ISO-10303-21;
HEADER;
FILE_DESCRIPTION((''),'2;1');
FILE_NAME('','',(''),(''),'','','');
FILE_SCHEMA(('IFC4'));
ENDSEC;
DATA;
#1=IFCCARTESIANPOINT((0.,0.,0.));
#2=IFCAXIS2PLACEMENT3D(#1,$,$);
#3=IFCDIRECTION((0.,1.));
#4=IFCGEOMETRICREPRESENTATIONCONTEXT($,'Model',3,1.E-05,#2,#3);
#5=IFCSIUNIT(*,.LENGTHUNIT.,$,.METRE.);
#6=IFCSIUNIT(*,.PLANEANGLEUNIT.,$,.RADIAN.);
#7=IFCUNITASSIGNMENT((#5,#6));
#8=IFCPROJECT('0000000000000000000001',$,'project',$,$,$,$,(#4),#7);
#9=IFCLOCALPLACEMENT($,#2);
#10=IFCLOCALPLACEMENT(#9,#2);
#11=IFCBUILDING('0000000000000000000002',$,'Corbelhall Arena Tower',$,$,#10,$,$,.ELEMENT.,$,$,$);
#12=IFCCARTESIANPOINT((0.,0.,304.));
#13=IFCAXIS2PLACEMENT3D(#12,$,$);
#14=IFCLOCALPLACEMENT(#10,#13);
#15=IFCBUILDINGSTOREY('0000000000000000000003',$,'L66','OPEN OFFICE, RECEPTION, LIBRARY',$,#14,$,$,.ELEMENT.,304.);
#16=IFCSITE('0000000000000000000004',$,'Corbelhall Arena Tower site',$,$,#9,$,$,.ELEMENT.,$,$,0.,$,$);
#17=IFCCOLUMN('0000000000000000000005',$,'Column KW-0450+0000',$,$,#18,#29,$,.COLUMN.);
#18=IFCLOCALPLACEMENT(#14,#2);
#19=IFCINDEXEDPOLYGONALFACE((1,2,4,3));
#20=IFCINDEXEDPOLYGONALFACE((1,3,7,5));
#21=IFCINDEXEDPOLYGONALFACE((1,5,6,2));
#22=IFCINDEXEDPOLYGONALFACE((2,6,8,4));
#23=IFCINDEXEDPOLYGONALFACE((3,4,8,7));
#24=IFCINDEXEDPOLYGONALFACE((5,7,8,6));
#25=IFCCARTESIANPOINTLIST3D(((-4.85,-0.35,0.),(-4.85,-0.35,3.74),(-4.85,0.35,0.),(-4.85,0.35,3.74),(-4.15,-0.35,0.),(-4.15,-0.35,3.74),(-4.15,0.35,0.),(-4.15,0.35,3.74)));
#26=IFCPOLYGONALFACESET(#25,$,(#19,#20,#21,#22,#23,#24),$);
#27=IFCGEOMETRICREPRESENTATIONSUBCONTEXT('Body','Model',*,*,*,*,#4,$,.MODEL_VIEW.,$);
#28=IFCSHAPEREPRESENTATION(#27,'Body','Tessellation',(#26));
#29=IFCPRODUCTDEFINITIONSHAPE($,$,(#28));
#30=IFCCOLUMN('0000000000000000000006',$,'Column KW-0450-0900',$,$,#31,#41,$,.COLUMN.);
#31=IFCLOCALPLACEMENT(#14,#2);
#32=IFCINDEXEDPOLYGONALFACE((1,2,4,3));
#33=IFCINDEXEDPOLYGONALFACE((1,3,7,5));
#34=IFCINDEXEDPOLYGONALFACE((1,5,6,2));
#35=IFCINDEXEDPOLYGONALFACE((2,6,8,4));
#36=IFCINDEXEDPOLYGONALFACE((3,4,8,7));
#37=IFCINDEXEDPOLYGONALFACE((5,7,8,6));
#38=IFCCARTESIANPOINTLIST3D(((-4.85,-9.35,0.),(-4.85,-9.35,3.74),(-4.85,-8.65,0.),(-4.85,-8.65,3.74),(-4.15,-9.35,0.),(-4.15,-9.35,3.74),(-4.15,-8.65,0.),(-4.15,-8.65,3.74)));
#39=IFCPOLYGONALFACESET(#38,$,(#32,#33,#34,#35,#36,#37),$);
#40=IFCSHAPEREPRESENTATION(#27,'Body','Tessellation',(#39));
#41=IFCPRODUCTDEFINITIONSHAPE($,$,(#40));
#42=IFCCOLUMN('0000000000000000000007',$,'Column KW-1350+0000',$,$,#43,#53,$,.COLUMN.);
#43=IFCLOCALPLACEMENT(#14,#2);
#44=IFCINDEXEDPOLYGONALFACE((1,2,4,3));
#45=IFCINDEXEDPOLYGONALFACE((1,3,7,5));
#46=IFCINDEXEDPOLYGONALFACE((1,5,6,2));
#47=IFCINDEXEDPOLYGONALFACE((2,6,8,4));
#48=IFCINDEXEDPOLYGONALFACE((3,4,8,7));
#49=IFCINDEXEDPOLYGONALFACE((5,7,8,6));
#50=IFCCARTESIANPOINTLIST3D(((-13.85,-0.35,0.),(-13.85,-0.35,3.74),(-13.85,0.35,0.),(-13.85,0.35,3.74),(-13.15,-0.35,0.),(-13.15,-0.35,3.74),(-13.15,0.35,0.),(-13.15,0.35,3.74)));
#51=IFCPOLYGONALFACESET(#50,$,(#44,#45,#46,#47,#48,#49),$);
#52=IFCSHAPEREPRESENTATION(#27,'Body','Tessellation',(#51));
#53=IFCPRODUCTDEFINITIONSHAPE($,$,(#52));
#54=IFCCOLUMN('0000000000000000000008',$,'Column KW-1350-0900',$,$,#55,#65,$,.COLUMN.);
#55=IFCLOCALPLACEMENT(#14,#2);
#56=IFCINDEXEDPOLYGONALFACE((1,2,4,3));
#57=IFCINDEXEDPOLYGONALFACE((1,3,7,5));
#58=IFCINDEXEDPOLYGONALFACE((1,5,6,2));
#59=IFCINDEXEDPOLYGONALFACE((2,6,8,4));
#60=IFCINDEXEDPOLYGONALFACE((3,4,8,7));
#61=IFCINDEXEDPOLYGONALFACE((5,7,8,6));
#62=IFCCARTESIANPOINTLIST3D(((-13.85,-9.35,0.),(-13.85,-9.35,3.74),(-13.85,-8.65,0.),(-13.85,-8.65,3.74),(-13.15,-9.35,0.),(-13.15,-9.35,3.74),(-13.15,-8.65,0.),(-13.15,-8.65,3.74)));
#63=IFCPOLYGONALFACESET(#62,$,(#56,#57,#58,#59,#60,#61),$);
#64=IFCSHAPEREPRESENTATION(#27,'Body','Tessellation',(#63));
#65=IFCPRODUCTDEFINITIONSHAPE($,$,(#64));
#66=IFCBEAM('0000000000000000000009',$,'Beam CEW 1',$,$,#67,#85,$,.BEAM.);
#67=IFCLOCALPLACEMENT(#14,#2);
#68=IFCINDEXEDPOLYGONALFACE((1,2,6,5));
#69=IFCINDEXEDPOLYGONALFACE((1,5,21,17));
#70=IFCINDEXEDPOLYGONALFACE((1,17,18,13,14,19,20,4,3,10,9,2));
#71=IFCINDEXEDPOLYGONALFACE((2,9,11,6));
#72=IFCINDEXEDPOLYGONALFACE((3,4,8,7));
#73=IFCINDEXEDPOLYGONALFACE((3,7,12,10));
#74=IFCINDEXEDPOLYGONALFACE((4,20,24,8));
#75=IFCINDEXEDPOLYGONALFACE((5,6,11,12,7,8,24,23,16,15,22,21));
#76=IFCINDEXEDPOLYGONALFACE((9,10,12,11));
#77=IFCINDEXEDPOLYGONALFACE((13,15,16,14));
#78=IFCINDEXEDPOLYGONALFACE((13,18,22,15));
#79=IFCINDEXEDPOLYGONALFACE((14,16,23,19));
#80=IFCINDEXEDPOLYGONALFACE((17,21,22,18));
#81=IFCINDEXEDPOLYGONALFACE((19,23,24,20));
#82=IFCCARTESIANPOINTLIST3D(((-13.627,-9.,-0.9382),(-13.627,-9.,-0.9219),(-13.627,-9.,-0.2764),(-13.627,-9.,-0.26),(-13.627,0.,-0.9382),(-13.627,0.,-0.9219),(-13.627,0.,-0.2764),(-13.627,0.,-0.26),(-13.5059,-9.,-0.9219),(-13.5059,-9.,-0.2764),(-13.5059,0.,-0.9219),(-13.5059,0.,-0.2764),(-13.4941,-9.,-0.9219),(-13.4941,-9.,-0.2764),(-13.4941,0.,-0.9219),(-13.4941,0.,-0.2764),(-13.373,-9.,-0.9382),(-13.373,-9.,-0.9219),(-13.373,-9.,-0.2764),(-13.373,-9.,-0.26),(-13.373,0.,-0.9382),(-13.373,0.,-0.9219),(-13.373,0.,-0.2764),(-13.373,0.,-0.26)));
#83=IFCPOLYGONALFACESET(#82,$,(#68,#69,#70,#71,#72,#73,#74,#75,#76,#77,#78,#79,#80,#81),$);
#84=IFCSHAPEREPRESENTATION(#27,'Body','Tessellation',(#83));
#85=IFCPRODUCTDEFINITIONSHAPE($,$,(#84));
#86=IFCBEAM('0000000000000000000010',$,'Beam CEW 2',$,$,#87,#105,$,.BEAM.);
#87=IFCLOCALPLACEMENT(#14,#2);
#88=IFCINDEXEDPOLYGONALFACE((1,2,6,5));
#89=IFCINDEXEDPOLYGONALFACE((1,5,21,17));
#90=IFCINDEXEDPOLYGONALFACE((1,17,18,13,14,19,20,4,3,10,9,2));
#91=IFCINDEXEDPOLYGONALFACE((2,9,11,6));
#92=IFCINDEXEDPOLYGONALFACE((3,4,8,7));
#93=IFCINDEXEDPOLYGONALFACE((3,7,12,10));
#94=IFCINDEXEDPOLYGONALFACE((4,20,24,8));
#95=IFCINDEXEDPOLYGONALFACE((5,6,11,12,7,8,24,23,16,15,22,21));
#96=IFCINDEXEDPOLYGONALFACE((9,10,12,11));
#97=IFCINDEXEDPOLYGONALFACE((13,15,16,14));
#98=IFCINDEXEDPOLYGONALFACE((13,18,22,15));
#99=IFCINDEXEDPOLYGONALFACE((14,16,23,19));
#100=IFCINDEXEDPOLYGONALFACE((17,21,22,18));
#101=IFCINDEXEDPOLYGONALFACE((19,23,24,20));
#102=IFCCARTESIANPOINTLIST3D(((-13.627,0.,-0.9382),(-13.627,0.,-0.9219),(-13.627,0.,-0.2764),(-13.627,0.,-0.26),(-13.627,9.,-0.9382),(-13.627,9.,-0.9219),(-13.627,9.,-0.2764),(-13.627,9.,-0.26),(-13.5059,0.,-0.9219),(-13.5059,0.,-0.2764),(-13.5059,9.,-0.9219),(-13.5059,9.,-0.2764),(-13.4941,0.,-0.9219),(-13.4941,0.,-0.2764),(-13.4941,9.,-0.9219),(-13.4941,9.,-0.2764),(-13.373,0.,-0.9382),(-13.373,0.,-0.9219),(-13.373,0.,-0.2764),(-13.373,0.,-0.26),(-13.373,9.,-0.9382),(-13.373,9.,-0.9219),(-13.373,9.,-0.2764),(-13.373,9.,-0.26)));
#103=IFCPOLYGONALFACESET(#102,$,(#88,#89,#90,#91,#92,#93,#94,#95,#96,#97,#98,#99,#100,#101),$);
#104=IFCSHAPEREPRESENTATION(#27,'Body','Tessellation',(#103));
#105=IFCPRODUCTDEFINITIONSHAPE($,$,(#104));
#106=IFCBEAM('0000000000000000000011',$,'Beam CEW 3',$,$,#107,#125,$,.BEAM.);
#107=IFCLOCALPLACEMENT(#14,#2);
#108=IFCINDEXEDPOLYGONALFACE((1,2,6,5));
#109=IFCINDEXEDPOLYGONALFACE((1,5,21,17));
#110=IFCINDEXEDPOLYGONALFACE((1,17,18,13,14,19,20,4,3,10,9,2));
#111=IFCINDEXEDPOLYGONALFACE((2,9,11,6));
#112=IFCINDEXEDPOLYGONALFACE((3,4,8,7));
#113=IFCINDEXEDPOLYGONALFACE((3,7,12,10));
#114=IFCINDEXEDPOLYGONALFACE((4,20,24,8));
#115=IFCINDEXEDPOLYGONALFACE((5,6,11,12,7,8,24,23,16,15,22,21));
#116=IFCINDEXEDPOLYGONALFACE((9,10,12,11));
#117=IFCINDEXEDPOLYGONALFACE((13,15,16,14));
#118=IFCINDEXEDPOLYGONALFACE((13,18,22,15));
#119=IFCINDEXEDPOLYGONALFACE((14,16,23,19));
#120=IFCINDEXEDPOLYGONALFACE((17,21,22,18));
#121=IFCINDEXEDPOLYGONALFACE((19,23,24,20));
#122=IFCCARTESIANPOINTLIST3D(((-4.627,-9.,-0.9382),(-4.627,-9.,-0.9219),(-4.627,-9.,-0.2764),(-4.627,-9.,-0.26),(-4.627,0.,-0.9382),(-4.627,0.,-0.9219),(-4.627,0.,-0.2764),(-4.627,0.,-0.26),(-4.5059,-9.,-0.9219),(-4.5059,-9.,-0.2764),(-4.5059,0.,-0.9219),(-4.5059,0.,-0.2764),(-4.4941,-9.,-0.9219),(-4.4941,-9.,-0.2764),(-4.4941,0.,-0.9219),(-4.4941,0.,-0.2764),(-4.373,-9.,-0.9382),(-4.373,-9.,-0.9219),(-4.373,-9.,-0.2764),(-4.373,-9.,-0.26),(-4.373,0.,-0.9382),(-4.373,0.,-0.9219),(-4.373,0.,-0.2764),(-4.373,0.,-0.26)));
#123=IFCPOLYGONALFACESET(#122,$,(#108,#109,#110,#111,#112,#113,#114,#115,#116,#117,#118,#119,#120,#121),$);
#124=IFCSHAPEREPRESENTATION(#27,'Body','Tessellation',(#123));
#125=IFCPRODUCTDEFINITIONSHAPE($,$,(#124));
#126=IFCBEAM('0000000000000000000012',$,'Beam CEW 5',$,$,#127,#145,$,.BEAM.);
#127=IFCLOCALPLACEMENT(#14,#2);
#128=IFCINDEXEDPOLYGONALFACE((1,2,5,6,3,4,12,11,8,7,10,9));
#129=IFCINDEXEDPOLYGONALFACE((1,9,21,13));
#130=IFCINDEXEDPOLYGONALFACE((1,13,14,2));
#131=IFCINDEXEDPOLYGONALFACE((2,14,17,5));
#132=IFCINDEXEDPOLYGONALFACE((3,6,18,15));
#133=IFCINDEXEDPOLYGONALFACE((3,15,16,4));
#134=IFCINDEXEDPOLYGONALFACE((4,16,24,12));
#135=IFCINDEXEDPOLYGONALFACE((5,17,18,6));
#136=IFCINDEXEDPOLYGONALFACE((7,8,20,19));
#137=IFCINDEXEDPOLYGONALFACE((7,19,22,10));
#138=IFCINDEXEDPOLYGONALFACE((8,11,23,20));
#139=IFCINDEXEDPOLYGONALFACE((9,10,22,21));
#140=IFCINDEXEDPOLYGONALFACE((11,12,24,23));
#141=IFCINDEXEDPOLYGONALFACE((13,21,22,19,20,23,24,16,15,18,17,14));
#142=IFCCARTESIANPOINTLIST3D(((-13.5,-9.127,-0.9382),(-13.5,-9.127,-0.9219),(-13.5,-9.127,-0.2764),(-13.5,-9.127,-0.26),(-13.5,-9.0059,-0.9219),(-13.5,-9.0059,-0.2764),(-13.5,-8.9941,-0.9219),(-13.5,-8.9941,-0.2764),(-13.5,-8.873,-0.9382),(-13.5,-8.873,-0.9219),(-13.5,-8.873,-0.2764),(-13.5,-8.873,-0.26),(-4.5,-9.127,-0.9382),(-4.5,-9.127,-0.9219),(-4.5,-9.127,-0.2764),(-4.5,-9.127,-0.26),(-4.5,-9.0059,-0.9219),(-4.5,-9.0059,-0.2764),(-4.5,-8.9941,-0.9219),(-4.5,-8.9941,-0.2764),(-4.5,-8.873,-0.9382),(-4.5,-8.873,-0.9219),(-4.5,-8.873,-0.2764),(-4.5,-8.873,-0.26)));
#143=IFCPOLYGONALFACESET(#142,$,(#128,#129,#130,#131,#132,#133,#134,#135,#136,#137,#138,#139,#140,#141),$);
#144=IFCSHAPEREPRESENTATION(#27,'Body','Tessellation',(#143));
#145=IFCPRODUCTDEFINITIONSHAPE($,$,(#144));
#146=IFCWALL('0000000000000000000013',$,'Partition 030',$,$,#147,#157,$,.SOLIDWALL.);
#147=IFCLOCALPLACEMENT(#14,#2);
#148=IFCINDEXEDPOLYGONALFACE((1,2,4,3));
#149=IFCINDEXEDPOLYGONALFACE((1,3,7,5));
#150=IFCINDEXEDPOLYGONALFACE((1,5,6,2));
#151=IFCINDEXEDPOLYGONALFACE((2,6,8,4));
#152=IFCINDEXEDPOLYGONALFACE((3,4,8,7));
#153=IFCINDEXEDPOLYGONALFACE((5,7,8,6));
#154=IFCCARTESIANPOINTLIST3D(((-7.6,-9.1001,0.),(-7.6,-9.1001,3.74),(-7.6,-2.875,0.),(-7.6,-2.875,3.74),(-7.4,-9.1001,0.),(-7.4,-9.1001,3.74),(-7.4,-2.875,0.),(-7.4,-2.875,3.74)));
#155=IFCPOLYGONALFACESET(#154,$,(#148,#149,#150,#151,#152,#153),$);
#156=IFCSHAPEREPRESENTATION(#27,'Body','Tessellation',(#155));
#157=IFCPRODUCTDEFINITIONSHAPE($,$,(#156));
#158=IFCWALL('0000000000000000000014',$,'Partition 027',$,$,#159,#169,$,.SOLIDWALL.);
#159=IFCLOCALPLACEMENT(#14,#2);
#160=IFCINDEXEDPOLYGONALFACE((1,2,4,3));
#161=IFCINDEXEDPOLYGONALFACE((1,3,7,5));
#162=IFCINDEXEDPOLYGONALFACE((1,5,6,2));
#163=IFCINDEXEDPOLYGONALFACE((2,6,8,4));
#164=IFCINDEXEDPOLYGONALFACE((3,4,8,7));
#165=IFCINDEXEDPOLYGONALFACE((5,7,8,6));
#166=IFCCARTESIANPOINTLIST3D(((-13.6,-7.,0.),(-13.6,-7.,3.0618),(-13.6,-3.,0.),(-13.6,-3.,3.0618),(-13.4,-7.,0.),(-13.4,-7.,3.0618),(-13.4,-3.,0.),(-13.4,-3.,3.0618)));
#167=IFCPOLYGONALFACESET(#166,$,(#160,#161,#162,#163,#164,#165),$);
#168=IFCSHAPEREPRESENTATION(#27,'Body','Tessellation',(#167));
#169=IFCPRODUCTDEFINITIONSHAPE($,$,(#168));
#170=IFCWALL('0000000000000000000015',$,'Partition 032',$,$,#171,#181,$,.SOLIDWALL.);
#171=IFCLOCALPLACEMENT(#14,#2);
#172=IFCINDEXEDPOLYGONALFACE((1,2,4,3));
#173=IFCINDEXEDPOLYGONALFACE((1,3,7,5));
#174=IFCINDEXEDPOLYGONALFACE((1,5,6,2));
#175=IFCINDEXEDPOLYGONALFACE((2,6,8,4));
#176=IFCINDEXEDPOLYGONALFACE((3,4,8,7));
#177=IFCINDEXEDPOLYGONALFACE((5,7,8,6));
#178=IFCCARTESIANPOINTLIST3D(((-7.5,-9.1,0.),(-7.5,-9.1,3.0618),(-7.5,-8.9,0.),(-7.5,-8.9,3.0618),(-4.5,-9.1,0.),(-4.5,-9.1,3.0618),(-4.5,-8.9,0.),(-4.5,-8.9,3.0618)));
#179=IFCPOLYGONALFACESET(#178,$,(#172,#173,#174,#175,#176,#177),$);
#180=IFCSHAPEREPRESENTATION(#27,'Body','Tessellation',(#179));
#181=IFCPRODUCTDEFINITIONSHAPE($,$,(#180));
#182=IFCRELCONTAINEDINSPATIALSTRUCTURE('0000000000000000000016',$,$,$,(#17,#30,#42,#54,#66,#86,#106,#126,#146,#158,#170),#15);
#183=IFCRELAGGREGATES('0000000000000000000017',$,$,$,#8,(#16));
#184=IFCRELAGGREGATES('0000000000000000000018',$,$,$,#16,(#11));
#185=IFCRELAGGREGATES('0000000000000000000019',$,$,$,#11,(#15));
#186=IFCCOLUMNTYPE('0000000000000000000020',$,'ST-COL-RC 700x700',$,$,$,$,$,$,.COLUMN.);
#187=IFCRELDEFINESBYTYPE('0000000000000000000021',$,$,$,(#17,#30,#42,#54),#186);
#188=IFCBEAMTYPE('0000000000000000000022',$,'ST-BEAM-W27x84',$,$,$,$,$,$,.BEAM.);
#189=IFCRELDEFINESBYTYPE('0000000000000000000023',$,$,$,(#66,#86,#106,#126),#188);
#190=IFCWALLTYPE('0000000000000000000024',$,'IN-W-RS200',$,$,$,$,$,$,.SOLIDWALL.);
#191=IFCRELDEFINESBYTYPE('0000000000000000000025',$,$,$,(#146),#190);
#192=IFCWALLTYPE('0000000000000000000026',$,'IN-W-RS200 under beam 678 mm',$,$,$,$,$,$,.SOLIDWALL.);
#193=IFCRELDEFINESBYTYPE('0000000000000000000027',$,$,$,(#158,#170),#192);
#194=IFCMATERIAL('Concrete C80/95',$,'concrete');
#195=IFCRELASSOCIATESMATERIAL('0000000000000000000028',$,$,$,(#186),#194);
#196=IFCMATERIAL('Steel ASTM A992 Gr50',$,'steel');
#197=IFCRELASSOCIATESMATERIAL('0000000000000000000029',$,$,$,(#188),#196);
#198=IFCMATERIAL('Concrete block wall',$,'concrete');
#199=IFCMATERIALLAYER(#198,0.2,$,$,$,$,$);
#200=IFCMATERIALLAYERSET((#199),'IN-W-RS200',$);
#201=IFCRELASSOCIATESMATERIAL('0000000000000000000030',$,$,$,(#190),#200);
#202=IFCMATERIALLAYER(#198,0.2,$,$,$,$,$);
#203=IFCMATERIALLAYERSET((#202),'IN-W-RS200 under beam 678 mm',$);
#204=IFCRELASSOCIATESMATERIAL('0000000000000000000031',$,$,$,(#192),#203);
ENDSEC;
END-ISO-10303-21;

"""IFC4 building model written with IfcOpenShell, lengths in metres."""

from ifc_helpers import new_model, si_unit, direction, frame, frame_2d, origin, origin_2d, place, context, subcontext, project, spatial, rectangle, i_section, extrude, material, layer, layer_set, material_profile, profile_set, type_object, element, save


model = new_model("IFC4")

# Units and contexts
model_context = context("Model", 3, precision=1e-05, world=origin(), true_north=direction((0.0, 1.0)))
body_context = subcontext(model_context, "Body", "Model", "MODEL_VIEW")
ifc_project = project(units=[si_unit("LENGTHUNIT", "METRE"), si_unit("PLANEANGLEUNIT", "RADIAN")], contexts=[model_context])

# Site, building, storey
site_placement = place(None, origin())
site = spatial("IfcSite", under=ifc_project, at=site_placement, Name="Corbelhall Arena Tower site", CompositionType="ELEMENT", RefElevation=0.0)
building_placement = place(site_placement, origin())
building = spatial("IfcBuilding", under=site, at=building_placement, Name="Corbelhall Arena Tower", CompositionType="ELEMENT")
storey_placement = place(building_placement, frame((0.0, 0.0, 304.0)))
storey = spatial("IfcBuildingStorey", under=building, at=storey_placement, Name="L66", Description="OPEN OFFICE, RECEPTION, LIBRARY", CompositionType="ELEMENT", Elevation=304.0)

# Columns
ifc_material_1 = material(Name="Concrete C80/95", Category="concrete")
ifc_material_profile_1 = material_profile(ifc_material_1, rectangle(XDim=0.7, YDim=0.7, at=origin_2d()))
ifc_profile_set_1 = profile_set([ifc_material_profile_1], Name="Concrete C80/95")
column_type = type_object("IfcColumnType", Name="ST-COL-RC 700x700", PredefinedType="COLUMN", material=ifc_profile_set_1)
for number, where, z_axis, x_axis, name in (
    (1, (-4.5, 0.0, 0.0), (0.0, 0.0, 1.0), (1.0, 0.0, 0.0), "Column KW-0450+0000"),
    (2, (-4.5, -9.0, 0.0), (0.0, 0.0, 1.0), (1.0, 0.0, 0.0), "Column KW-0450-0900"),
    (3, (-13.5, 0.0, 0.0), (0.0, 0.0, 1.0), (1.0, 0.0, 0.0), "Column KW-1350+0000"),
    (4, (-13.5, -9.0, 0.0), (0.0, 0.0, 1.0), (1.0, 0.0, 0.0), "Column KW-1350-0900"),
):
    element("IfcColumn", number, at=place(storey_placement, frame(where, z_axis=z_axis, x_axis=x_axis)), inside=storey, type_object=column_type, Name=name, PredefinedType="COLUMN", context=body_context, shape_type="SweptSolid", body=[
        extrude(rectangle(XDim=0.7, YDim=0.7, at=origin_2d()), origin(), (0.0, 0.0, 1.0), 3.74),
    ])

# Beams
ifc_material_2 = material(Name="Steel ASTM A992 Gr50", Category="steel")
ifc_material_profile_2 = material_profile(ifc_material_2, i_section(OverallWidth=0.2539, OverallDepth=0.6782, WebThickness=0.0117, FlangeThickness=0.0164, at=origin_2d()))
ifc_profile_set_2 = profile_set([ifc_material_profile_2], Name="Steel ASTM A992 Gr50")
beam_type = type_object("IfcBeamType", Name="ST-BEAM-W27x84", PredefinedType="BEAM", material=ifc_profile_set_2)
for number, where, z_axis, x_axis, name in (
    (5, (-13.5, -9.0, -0.5991), (0.0, 1.0, 0.0), (-1.0, 0.0, 0.0), "Beam CEW 1"),
    (6, (-13.5, 0.0, -0.5991), (0.0, 1.0, 0.0), (-1.0, 0.0, 0.0), "Beam CEW 2"),
    (7, (-4.5, -9.0, -0.5991), (0.0, 1.0, 0.0), (-1.0, 0.0, 0.0), "Beam CEW 3"),
    (8, (-13.5, -9.0, -0.5991), (1.0, 0.0, 0.0), (0.0, 1.0, 0.0), "Beam CEW 5"),
):
    element("IfcBeam", number, at=place(storey_placement, frame(where, z_axis=z_axis, x_axis=x_axis)), inside=storey, type_object=beam_type, Name=name, PredefinedType="BEAM", context=body_context, shape_type="SweptSolid", body=[
        extrude(i_section(OverallWidth=0.2539, OverallDepth=0.6782, WebThickness=0.0117, FlangeThickness=0.0164, at=origin_2d()), origin(), (0.0, 0.0, 1.0), 9.0),
    ])

# Shared definitions
ifc_material_3 = material(Name="Concrete block wall", Category="concrete")
ifc_layer_1 = layer(ifc_material_3, 0.2)
ifc_layer_set_1 = layer_set([ifc_layer_1], Name="IN-W-RS200")
wall_type_1 = type_object("IfcWallType", Name="IN-W-RS200", PredefinedType="SOLIDWALL", material=ifc_layer_set_1)

# Walls
wall_1_placement = place(storey_placement, frame((-7.5, -9.1001, 0.0), z_axis=(0.0, 0.0, 1.0), x_axis=(0.0, 1.0, 0.0)))
element("IfcWall", 9, at=wall_1_placement, inside=storey, type_object=wall_type_1, Name="Partition 030", PredefinedType="SOLIDWALL", context=body_context, shape_type="SweptSolid", body=[
    extrude(rectangle(XDim=6.2251, YDim=0.2, at=frame_2d((3.1125, 0.0))), origin(), (0.0, 0.0, 1.0), 3.74),
])
ifc_layer_2 = layer(ifc_material_3, 0.2)
ifc_layer_set_2 = layer_set([ifc_layer_2], Name="IN-W-RS200 under beam 678 mm")
wall_type_2 = type_object("IfcWallType", Name="IN-W-RS200 under beam 678 mm", PredefinedType="SOLIDWALL", material=ifc_layer_set_2)
wall_2_placement = place(storey_placement, frame((-13.5, -7.0, 0.0), z_axis=(0.0, 0.0, 1.0), x_axis=(0.0, 1.0, 0.0)))
element("IfcWall", 10, at=wall_2_placement, inside=storey, type_object=wall_type_2, Name="Partition 027", PredefinedType="SOLIDWALL", context=body_context, shape_type="SweptSolid", body=[
    extrude(rectangle(XDim=4.0, YDim=0.2, at=frame_2d((2.0, 0.0))), origin(), (0.0, 0.0, 1.0), 3.0618),
])
wall_3_placement = place(storey_placement, frame((-4.5, -9.0, 0.0), z_axis=(0.0, 0.0, 1.0), x_axis=(-1.0, 0.0, 0.0)))
element("IfcWall", 11, at=wall_3_placement, inside=storey, type_object=wall_type_2, Name="Partition 032", PredefinedType="SOLIDWALL", context=body_context, shape_type="SweptSolid", body=[
    extrude(rectangle(XDim=3.0, YDim=0.2, at=frame_2d((1.5, 0.0))), origin(), (0.0, 0.0, 1.0), 3.0618),
])

save(model, "model.ifc")
